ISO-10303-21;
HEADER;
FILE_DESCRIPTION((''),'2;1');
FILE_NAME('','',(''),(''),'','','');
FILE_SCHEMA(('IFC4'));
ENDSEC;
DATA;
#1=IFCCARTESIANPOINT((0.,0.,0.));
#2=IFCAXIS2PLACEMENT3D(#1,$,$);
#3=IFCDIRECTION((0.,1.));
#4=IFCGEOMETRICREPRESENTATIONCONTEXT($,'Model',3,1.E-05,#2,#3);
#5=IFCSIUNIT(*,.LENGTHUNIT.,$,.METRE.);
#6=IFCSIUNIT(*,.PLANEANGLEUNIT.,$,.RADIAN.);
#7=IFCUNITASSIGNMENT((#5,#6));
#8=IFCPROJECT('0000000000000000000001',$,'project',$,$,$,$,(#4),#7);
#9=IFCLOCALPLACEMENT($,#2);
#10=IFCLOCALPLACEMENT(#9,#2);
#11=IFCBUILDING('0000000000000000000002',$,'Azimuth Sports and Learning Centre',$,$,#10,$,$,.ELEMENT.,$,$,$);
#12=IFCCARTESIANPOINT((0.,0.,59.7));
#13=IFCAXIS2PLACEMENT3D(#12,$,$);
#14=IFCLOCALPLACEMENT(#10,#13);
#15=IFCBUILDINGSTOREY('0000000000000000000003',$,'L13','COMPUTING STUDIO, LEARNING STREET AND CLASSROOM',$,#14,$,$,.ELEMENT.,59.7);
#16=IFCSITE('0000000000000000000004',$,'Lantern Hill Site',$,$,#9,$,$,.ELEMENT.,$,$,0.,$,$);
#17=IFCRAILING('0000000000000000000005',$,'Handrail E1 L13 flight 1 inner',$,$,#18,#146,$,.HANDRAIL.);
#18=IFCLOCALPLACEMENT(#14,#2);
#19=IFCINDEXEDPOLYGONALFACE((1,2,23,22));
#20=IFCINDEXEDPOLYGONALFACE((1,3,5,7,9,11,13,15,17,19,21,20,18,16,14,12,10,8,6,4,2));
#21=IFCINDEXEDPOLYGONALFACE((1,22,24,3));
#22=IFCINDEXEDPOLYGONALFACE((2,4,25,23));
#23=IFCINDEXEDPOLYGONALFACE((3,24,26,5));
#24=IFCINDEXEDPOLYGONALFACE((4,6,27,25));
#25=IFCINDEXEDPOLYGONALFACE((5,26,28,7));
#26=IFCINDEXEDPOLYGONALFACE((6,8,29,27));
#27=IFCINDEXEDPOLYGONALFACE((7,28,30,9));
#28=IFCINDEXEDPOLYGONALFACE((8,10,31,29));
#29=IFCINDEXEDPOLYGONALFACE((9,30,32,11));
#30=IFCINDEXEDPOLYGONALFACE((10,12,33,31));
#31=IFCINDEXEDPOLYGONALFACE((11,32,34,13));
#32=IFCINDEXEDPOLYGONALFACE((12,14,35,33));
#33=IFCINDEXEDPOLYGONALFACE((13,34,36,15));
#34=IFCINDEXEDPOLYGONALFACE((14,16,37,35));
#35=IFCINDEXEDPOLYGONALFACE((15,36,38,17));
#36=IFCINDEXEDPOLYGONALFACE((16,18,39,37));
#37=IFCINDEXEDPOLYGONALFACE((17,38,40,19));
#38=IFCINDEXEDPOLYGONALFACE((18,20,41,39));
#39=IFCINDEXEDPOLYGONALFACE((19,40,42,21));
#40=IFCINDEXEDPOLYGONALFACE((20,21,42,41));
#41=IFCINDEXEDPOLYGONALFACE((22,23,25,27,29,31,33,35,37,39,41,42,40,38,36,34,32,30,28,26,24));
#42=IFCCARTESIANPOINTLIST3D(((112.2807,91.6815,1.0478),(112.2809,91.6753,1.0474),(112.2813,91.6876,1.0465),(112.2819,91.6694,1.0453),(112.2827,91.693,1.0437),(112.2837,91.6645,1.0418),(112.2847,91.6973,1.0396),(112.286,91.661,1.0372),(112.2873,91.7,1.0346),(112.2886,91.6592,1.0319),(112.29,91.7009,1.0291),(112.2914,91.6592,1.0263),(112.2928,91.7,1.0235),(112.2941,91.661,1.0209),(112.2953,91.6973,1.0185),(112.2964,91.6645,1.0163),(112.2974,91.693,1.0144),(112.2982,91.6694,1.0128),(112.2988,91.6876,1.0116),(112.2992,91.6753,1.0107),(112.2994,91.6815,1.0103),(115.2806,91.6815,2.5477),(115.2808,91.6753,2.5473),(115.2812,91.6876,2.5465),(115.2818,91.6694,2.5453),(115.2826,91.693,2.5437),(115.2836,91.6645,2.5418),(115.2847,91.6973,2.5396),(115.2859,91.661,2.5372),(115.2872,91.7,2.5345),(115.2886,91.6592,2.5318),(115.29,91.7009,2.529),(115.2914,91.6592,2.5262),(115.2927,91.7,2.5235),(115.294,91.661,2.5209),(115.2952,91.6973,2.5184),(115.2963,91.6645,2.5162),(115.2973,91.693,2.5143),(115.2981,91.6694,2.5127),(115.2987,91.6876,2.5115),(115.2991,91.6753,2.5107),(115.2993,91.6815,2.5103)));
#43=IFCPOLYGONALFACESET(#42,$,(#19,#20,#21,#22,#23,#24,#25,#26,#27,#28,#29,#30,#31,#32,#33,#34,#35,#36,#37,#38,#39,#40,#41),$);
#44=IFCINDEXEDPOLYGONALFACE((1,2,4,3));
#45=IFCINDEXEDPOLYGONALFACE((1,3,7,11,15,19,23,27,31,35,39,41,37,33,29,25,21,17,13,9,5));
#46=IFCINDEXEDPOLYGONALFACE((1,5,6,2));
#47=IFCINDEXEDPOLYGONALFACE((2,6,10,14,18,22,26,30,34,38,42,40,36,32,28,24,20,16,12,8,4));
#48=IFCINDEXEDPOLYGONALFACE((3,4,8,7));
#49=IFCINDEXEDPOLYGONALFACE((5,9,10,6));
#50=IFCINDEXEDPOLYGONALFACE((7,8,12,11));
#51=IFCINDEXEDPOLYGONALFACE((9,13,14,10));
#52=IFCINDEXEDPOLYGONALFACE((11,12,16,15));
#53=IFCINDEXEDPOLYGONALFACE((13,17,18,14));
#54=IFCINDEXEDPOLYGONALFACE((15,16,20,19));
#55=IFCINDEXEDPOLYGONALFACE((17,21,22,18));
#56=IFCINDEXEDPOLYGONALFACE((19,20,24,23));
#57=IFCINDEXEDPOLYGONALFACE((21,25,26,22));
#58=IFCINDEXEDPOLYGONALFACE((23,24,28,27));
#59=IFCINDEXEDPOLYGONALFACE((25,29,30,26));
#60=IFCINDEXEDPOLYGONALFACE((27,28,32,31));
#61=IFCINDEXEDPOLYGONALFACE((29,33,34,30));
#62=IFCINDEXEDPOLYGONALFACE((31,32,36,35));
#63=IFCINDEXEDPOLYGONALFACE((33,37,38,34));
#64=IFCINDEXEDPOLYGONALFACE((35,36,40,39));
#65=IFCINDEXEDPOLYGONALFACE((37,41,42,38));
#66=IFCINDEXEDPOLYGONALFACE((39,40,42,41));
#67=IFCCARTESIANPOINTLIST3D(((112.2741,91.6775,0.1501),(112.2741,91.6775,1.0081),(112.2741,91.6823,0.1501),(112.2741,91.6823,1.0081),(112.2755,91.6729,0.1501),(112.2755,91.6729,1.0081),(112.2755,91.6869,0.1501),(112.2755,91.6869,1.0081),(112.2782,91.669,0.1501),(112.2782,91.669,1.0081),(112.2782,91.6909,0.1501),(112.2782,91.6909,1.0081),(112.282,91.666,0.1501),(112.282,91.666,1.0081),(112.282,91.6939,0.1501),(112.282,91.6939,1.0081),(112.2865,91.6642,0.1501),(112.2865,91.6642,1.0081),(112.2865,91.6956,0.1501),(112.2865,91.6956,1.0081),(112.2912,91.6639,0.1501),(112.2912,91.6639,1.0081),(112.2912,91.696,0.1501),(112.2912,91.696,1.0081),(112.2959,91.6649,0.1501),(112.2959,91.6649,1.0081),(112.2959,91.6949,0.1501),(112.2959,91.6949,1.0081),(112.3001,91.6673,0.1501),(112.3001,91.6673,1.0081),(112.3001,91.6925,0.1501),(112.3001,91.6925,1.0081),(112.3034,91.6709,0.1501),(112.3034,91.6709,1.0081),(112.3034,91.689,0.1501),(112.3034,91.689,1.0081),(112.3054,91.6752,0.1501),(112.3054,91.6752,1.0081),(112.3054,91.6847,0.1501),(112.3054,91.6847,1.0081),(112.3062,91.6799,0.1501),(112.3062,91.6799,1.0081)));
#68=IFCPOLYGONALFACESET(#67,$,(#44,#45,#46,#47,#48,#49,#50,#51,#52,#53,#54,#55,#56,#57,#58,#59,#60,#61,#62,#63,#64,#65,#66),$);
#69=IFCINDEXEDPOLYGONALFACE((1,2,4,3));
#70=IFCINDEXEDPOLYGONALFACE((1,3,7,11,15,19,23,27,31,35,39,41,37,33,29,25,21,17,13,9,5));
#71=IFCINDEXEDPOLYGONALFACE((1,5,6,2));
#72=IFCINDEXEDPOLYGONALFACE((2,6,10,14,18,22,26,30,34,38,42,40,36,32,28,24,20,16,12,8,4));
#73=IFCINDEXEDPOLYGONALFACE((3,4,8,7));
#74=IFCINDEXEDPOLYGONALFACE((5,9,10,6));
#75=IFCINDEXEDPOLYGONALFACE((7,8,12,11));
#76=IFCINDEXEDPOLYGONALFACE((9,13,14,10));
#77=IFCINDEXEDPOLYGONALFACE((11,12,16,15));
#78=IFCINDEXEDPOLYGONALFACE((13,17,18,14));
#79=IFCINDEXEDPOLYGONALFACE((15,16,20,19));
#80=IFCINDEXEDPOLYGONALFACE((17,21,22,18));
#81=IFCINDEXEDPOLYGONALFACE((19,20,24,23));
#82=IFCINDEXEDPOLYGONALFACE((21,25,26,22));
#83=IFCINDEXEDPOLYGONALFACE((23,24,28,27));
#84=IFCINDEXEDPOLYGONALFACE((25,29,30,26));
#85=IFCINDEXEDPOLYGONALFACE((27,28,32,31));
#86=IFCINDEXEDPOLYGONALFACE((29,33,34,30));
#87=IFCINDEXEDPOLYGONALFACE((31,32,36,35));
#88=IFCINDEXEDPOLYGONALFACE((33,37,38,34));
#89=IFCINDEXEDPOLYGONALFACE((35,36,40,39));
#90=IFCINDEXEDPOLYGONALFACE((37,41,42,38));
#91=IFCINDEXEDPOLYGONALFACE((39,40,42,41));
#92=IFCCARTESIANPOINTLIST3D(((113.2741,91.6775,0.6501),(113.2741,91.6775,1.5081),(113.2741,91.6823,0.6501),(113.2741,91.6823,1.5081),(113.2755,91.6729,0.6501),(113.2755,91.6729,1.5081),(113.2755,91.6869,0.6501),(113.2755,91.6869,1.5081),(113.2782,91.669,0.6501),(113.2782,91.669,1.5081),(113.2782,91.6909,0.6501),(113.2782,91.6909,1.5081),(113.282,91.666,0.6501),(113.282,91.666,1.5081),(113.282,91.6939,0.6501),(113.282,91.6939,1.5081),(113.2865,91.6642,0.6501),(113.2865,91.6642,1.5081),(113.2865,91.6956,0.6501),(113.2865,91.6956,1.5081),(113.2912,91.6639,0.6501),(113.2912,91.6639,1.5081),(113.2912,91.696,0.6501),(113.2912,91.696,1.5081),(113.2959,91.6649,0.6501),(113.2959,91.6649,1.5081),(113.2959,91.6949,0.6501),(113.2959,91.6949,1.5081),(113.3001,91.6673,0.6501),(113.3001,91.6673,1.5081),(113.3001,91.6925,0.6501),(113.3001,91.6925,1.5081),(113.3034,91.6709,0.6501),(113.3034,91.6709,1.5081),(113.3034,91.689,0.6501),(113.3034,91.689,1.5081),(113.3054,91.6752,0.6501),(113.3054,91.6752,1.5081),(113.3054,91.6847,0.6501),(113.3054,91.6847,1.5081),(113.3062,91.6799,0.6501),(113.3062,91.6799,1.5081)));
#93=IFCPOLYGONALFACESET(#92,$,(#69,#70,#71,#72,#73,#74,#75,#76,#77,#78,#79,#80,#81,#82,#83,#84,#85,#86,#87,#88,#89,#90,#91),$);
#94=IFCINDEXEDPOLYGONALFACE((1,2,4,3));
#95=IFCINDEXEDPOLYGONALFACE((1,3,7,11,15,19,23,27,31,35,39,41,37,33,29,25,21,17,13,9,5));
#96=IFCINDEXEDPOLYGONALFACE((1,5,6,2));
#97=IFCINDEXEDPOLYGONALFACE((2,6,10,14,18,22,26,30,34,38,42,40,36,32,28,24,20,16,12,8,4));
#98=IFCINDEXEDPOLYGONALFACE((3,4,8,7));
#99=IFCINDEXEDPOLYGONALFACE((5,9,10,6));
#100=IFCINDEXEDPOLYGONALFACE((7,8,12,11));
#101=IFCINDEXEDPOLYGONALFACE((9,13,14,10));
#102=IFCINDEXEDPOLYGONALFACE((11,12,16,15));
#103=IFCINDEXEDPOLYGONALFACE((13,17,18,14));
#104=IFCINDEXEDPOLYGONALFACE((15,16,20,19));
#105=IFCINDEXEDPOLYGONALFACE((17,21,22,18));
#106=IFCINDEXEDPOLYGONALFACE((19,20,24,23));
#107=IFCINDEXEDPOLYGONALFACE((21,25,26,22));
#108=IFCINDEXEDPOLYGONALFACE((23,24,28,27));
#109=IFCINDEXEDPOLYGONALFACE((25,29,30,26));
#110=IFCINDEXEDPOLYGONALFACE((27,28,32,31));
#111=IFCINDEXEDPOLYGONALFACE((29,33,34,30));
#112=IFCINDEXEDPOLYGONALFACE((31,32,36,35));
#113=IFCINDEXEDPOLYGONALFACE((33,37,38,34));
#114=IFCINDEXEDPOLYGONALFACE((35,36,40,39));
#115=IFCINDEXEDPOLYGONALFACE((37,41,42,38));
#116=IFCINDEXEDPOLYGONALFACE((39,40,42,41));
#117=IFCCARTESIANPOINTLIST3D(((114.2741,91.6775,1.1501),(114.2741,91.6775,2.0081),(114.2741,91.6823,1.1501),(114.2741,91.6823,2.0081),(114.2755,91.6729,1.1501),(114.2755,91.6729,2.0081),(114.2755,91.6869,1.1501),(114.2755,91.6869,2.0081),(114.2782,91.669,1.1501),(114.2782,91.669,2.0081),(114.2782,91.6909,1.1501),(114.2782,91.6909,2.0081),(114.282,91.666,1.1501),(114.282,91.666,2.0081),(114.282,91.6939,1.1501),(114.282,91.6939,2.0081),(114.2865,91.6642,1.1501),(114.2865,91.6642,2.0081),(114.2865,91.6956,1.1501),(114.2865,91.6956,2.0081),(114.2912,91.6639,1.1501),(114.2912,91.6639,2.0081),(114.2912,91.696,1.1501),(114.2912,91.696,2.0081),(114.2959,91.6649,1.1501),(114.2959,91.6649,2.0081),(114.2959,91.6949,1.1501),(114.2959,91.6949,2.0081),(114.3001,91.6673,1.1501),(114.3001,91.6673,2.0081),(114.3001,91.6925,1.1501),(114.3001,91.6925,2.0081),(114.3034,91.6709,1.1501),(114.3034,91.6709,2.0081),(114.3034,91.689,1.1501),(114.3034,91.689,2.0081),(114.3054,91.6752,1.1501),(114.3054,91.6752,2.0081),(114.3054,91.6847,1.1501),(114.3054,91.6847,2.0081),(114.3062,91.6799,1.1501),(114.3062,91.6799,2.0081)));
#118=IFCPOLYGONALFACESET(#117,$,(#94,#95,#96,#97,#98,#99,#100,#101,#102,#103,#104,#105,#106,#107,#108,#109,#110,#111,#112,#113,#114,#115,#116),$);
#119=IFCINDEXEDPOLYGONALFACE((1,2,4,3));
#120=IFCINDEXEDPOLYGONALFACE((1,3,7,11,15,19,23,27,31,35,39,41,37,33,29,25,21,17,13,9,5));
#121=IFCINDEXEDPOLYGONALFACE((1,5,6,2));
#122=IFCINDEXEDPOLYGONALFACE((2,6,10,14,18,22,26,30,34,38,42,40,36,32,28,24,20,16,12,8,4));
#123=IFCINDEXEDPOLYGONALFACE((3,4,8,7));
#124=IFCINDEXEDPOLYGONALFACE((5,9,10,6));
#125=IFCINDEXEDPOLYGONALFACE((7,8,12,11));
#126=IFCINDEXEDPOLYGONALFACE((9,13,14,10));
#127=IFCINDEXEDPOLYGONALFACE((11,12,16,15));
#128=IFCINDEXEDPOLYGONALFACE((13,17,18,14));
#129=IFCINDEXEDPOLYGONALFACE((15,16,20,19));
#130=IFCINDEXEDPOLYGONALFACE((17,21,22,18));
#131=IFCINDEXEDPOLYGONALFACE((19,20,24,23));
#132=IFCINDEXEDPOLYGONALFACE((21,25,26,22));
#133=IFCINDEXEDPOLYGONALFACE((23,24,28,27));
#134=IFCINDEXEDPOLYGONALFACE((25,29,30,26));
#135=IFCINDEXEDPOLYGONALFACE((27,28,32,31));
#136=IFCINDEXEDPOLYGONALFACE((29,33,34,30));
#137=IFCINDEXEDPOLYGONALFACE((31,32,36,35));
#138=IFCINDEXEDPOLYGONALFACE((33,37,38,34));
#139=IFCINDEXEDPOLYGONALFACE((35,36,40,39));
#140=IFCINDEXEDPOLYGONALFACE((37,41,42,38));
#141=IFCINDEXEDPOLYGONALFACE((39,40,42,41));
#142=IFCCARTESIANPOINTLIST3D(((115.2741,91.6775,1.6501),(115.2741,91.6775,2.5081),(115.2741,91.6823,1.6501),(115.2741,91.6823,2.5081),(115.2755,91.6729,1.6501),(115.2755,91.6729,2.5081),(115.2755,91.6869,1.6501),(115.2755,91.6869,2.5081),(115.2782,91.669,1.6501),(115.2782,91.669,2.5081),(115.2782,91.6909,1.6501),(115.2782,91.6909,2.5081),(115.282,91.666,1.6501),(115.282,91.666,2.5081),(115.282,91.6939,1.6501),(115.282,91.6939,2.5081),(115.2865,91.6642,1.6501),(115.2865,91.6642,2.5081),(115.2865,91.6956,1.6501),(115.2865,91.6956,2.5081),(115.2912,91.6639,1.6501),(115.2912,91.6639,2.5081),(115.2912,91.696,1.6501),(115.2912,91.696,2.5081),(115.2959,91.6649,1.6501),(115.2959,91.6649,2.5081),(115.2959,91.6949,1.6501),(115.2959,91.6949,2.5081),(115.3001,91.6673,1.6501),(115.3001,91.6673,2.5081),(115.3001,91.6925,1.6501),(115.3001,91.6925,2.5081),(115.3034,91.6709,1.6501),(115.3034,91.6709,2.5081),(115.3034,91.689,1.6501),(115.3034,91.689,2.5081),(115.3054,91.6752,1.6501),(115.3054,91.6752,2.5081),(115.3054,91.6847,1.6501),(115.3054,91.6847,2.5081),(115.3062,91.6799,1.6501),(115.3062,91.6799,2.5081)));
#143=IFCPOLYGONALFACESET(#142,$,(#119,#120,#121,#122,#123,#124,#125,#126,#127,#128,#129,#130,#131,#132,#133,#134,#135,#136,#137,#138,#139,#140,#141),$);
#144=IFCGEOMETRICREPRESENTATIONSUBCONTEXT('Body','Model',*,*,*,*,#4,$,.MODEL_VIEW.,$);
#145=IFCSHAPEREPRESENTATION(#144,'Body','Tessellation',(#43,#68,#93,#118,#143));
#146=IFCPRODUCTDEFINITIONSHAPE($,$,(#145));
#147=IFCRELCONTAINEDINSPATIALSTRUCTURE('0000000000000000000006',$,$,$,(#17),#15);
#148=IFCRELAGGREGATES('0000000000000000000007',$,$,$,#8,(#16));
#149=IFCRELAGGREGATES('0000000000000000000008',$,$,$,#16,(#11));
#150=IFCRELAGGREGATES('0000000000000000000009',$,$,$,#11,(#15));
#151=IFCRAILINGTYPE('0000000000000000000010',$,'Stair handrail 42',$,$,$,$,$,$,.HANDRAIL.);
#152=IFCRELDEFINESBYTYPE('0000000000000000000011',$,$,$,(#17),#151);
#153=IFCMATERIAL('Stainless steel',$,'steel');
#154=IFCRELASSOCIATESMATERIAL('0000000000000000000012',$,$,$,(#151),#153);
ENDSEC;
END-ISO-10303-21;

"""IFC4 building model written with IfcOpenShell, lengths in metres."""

from ifc_helpers import new_model, si_unit, direction, frame, origin, origin_2d, place, context, subcontext, project, spatial, circle, extrude, material, type_object, element, save


model = new_model("IFC4")

# Units and contexts
model_context = context("Model", 3, precision=1e-05, world=origin(), true_north=direction((0.0, 1.0)))
body_context = subcontext(model_context, "Body", "Model", "MODEL_VIEW")
ifc_project = project(units=[si_unit("LENGTHUNIT", "METRE"), si_unit("PLANEANGLEUNIT", "RADIAN")], contexts=[model_context])

# Site, building, storey
site_placement = place(None, origin())
site = spatial("IfcSite", under=ifc_project, at=site_placement, Name="Lantern Hill Site", CompositionType="ELEMENT", RefElevation=0.0)
building_placement = place(site_placement, origin())
building = spatial("IfcBuilding", under=site, at=building_placement, Name="Azimuth Sports and Learning Centre", CompositionType="ELEMENT")
storey_placement = place(building_placement, frame((0.0, 0.0, 59.7)))
storey = spatial("IfcBuildingStorey", under=building, at=storey_placement, Name="L13", Description="COMPUTING STUDIO, LEARNING STREET AND CLASSROOM", CompositionType="ELEMENT", Elevation=59.7)

# Railing
ifc_material_1 = material(Name="Stainless steel", Category="steel")
railing_type_1 = type_object("IfcRailingType", Name="Stair handrail 42", PredefinedType="HANDRAIL", material=ifc_material_1)
for number, where, name in (
    (1, (112.29, 91.6799, 0.1501), "Handrail E1 L13 flight 1 inner"),
):
    element("IfcRailing", number, at=place(storey_placement, frame(where)), inside=storey, type_object=railing_type_1, Name=name, PredefinedType="HANDRAIL", context=body_context, shape_type="SweptSolid", body=[
        extrude(circle(Radius=0.021, at=origin_2d()), frame((0.0, 0.0, 0.8789), z_axis=(0.894427, 0.0, 0.447214), x_axis=(0.0, 1.0, 0.0)), (0.0, 0.0, 1.0), 3.354),
        extrude(circle(Radius=0.0161, at=origin_2d()), origin(), (0.0, 0.0, 1.0), 0.8579),
        extrude(circle(Radius=0.0161, at=origin_2d()), frame((1.0, 0.0, 0.5)), (0.0, 0.0, 1.0), 0.8579),
        extrude(circle(Radius=0.0161, at=origin_2d()), frame((2.0, 0.0, 1.0)), (0.0, 0.0, 1.0), 0.8579),
        extrude(circle(Radius=0.0161, at=origin_2d()), frame((3.0, 0.0, 1.5)), (0.0, 0.0, 1.0), 0.8579),
    ])

save(model, "model.ifc")
